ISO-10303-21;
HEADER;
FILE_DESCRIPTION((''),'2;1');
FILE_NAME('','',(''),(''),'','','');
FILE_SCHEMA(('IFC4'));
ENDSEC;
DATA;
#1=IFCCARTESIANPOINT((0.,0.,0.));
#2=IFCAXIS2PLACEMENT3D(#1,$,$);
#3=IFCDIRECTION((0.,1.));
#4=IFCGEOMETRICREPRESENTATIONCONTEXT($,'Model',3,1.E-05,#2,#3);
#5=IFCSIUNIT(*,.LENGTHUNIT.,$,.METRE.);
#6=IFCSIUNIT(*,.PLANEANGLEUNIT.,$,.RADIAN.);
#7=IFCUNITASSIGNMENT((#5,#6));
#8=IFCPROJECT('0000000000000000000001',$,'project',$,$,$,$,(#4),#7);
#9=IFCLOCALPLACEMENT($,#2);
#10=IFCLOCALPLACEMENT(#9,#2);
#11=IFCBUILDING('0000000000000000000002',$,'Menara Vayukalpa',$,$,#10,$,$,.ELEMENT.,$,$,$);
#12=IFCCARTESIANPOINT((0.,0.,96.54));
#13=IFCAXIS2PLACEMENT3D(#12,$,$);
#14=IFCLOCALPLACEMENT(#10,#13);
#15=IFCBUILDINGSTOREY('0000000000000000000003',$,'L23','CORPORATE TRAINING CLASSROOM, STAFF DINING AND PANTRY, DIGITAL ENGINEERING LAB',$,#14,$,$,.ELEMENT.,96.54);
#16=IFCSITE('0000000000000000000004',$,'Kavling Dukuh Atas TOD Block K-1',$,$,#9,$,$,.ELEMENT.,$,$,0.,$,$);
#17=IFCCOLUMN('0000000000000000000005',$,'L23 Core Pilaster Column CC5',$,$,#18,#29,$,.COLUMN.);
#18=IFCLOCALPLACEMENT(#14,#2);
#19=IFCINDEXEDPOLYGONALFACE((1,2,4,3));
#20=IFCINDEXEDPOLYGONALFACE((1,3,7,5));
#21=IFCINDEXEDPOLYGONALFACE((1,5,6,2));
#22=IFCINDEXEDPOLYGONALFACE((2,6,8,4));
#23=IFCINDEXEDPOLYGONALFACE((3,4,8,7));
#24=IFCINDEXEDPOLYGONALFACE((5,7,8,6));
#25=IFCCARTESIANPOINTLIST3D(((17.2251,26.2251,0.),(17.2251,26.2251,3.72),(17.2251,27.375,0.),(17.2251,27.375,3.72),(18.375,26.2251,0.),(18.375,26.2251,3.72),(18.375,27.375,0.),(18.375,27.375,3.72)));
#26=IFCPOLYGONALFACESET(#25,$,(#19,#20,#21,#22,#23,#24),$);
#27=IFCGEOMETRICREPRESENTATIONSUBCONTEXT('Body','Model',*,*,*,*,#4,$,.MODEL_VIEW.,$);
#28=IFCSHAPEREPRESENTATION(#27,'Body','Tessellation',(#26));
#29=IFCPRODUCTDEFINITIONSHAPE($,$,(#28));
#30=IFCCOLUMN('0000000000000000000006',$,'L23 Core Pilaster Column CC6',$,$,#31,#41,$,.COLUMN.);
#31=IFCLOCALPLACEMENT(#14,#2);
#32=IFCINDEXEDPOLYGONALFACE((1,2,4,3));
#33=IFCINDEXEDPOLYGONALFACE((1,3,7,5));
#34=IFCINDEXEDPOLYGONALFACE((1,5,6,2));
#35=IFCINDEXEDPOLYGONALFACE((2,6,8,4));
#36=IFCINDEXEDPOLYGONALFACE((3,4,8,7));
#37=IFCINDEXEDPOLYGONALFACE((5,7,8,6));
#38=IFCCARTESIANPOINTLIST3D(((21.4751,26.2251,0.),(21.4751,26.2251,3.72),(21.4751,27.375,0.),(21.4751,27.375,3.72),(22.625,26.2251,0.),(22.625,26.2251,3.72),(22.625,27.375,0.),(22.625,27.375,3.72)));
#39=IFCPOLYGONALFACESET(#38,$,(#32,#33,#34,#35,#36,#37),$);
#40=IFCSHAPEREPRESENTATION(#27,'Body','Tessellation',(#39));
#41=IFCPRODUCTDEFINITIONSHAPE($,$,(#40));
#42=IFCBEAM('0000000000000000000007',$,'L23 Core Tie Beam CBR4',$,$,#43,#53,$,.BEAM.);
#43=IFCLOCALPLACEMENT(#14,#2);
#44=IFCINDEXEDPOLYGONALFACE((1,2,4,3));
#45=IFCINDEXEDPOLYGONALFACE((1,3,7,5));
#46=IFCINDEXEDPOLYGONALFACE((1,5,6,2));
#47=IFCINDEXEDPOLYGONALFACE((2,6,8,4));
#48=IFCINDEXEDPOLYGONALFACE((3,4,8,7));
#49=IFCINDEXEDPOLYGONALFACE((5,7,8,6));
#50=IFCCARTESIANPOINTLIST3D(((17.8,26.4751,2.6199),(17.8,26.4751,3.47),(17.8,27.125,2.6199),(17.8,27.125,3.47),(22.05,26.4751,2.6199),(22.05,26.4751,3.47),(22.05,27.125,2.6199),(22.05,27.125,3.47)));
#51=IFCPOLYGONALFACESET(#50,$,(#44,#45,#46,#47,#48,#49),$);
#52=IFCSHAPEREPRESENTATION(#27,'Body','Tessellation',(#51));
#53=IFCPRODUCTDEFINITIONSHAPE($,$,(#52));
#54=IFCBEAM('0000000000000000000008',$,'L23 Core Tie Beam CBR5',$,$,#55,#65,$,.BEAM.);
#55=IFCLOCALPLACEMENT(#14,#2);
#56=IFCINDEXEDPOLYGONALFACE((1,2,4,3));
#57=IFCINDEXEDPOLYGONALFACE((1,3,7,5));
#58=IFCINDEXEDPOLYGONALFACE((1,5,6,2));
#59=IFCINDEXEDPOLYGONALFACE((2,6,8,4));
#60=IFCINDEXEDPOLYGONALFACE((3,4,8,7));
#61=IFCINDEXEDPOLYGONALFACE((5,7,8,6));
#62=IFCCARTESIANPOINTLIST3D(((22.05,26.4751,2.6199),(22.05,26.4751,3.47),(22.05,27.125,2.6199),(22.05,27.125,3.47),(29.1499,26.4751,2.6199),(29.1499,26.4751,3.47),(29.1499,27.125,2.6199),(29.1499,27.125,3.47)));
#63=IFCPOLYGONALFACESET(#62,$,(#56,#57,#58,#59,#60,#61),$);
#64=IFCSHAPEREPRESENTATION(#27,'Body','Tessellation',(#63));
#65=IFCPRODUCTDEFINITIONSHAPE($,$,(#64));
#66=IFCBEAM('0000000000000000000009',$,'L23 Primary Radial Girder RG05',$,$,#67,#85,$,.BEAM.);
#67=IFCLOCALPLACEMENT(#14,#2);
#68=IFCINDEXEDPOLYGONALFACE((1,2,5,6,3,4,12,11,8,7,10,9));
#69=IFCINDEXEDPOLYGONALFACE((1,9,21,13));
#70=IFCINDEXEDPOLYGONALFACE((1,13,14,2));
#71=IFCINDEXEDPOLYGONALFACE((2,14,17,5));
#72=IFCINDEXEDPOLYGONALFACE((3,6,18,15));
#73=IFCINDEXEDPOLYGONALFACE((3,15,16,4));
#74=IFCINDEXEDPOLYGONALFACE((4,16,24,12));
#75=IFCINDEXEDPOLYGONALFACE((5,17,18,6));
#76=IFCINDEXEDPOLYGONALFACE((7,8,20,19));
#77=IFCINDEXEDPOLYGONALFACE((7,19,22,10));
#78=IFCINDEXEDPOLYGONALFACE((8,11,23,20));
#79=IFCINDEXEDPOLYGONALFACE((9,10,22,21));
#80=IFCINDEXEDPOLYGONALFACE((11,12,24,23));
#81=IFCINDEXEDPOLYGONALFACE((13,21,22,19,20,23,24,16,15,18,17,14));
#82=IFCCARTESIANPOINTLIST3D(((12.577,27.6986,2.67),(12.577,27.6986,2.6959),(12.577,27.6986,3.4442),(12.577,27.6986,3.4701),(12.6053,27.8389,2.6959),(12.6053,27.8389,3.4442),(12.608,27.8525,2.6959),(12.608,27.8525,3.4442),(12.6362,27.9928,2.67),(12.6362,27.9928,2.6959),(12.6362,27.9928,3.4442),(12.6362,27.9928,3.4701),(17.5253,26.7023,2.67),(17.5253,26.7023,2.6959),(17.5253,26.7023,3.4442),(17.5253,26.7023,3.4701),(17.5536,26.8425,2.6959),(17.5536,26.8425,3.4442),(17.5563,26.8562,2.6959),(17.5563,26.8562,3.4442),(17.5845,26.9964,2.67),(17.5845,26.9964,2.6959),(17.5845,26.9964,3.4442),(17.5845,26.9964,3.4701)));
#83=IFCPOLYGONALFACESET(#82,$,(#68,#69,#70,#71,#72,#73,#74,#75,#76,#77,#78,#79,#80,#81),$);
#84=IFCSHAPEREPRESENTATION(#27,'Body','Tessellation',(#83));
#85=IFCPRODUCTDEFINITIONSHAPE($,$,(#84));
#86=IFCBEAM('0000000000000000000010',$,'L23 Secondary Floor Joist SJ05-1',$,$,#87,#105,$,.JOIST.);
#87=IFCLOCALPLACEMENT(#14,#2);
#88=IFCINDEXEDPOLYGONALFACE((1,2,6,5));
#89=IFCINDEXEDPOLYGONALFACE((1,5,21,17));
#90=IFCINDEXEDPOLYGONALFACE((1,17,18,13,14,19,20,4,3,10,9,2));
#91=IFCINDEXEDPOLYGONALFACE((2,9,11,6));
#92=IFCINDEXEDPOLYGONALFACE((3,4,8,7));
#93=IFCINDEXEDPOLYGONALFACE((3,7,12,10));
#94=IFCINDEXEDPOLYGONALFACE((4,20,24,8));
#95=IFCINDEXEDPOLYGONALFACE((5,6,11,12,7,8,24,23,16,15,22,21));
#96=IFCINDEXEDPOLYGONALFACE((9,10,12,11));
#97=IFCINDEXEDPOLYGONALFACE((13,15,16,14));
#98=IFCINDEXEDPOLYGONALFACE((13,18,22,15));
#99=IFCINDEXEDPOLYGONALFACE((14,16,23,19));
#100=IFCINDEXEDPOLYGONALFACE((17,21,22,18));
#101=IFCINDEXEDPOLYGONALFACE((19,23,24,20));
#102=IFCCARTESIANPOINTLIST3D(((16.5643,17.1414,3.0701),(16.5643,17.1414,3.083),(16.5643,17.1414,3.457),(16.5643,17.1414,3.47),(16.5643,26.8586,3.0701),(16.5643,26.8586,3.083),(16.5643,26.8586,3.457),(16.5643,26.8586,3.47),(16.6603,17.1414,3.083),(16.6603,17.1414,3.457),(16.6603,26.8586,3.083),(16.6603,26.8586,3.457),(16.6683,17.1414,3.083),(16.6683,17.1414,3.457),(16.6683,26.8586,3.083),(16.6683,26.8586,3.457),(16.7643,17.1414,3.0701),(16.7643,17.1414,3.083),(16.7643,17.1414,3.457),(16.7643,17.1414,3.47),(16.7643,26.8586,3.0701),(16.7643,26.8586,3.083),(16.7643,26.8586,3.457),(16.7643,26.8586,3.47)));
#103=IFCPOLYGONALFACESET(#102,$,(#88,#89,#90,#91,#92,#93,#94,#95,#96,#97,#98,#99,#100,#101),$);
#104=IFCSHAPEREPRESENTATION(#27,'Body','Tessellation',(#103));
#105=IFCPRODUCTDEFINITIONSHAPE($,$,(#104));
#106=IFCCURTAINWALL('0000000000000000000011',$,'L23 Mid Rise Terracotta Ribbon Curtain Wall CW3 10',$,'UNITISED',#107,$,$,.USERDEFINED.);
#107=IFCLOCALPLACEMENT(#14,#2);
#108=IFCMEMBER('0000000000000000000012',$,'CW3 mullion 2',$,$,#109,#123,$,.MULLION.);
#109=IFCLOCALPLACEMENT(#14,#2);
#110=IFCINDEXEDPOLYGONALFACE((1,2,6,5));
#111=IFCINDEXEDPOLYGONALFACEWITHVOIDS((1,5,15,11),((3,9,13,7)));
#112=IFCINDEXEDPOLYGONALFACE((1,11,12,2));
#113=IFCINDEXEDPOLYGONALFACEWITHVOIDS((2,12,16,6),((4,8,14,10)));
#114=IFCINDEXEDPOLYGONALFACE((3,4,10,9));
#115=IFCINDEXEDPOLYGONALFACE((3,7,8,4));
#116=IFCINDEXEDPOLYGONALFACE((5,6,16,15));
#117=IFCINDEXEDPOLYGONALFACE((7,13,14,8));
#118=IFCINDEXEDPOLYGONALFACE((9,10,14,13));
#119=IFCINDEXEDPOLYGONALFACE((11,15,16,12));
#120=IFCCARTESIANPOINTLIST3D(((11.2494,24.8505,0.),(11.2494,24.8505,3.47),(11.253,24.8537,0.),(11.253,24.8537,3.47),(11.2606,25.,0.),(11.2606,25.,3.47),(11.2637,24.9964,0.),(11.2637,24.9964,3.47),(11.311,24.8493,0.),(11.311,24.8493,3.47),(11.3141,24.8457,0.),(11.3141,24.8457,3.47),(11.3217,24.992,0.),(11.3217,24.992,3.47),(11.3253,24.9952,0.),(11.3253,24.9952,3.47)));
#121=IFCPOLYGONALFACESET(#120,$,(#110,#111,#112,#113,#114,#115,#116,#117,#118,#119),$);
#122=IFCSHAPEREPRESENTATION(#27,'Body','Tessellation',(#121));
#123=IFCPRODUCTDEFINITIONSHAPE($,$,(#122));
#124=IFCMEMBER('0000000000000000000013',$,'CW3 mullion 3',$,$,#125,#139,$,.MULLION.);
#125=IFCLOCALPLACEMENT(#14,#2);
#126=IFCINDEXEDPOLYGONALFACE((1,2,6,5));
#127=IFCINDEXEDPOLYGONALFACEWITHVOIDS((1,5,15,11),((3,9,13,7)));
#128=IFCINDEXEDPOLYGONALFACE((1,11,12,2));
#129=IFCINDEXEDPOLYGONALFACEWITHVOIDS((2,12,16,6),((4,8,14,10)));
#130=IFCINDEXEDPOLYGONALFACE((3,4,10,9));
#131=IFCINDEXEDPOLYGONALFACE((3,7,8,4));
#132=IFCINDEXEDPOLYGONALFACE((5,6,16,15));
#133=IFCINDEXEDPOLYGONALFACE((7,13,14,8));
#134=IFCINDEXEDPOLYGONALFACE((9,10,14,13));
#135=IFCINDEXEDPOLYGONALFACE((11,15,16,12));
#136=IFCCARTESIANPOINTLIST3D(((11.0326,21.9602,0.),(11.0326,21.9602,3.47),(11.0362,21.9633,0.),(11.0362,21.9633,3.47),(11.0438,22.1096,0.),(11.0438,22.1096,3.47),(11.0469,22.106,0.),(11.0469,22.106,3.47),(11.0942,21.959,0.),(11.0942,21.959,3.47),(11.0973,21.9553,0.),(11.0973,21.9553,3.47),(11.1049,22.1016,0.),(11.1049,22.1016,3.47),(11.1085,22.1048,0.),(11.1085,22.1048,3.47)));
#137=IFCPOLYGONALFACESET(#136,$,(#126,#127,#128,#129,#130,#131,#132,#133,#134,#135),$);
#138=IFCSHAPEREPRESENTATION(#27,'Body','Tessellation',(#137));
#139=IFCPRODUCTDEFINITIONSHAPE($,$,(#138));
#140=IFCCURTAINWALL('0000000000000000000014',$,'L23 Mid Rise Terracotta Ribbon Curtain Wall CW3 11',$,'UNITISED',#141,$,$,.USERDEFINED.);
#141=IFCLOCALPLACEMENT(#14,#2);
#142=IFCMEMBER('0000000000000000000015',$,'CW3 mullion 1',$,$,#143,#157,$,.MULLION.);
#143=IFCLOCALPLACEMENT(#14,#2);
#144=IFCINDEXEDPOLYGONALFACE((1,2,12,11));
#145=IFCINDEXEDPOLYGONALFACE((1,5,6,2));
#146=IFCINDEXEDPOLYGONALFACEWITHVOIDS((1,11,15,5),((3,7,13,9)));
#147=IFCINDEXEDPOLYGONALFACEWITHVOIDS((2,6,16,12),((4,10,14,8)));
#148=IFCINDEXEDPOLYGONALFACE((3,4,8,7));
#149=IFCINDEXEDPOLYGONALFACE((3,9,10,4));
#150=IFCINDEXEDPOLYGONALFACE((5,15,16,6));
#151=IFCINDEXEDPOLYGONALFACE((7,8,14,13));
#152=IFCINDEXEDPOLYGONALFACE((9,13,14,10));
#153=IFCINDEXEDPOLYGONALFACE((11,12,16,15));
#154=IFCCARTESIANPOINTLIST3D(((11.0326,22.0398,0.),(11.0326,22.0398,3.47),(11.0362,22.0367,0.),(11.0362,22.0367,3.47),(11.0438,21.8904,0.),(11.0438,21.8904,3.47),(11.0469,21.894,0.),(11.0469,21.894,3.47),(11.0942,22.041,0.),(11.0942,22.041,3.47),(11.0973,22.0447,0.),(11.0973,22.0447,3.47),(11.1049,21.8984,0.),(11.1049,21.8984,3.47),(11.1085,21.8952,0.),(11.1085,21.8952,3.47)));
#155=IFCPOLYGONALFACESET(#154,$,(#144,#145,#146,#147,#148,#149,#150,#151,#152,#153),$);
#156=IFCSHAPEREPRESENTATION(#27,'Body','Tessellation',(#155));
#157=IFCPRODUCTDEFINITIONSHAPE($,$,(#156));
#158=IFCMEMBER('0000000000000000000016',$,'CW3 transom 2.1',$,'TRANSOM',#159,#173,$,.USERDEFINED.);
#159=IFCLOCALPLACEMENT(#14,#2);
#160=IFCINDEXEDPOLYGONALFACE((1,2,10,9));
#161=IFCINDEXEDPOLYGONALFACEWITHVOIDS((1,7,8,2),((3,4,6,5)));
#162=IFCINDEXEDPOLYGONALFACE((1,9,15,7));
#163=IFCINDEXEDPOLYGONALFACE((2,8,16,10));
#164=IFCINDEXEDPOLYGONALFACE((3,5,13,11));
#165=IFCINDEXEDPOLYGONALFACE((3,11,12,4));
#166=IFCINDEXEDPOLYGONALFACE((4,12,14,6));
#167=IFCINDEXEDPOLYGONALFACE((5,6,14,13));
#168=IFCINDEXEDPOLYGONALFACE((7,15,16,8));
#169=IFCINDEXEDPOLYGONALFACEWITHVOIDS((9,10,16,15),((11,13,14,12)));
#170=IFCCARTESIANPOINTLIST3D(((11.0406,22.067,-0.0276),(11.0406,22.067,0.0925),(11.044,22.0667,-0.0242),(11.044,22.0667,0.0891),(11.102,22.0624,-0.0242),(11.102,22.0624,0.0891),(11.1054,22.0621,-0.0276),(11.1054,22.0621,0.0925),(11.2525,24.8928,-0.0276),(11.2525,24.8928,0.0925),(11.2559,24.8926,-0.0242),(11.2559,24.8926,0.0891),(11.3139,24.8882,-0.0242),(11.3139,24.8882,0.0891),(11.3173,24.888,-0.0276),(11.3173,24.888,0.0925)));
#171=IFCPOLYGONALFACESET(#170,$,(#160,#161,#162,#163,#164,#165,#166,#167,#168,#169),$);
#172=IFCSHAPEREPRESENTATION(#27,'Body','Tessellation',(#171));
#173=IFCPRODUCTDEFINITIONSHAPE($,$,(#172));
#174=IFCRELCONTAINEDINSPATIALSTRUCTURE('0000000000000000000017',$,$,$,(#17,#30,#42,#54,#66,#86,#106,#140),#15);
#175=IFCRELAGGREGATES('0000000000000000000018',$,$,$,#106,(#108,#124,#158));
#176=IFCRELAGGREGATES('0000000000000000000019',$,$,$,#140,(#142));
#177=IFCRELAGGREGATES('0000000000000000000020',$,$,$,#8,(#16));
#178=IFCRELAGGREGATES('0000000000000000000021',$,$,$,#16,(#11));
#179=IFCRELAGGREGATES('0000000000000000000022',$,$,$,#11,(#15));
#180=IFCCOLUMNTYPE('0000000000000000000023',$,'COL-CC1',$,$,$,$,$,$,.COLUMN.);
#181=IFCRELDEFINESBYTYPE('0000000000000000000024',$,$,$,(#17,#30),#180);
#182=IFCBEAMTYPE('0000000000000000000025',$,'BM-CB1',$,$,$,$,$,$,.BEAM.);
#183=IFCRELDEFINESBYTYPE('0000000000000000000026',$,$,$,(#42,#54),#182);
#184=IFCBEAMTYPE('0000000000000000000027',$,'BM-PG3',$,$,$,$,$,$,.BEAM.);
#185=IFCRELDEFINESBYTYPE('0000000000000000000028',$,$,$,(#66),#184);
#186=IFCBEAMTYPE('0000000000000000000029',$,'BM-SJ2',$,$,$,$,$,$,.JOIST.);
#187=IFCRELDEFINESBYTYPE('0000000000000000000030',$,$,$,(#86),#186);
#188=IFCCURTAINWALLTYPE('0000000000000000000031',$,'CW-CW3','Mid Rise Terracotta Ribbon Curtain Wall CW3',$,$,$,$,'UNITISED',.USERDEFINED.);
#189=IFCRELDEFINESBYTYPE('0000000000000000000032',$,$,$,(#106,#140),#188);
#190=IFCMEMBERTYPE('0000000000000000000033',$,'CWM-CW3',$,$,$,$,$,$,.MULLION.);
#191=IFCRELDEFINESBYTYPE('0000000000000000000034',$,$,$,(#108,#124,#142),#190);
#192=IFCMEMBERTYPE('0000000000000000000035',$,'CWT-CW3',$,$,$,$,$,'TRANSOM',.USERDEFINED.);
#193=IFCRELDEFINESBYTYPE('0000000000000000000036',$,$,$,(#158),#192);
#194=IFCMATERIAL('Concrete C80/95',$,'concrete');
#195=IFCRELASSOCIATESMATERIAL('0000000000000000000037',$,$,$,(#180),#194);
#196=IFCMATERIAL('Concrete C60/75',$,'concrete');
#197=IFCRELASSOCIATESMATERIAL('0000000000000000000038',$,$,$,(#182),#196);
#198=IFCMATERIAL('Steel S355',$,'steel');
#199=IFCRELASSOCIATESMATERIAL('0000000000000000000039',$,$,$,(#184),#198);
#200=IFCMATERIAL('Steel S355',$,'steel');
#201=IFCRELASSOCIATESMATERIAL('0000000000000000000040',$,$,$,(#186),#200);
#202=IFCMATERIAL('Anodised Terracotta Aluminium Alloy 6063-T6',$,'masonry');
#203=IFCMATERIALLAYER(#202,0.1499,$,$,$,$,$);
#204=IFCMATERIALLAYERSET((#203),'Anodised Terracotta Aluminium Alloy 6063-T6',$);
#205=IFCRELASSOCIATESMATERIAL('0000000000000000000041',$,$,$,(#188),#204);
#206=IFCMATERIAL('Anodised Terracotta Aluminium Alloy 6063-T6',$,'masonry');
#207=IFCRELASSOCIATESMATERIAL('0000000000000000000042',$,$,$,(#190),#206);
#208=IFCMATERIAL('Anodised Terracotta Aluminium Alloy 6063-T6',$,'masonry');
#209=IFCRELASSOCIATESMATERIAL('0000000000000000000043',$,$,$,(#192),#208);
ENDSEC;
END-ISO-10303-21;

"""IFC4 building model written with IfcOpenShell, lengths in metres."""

from ifc_helpers import new_model, si_unit, direction, frame, origin, origin_2d, place, context, subcontext, project, spatial, rectangle, hollow_rectangle, i_section, extrude, material, layer, layer_set, material_profile, profile_set, type_object, element, aggregate, save


model = new_model("IFC4")

# Units and contexts
model_context = context("Model", 3, precision=1e-05, world=origin(), true_north=direction((0.0, 1.0)))
body_context = subcontext(model_context, "Body", "Model", "MODEL_VIEW")
ifc_project = project(units=[si_unit("LENGTHUNIT", "METRE"), si_unit("PLANEANGLEUNIT", "RADIAN")], contexts=[model_context])

# Site, building, storey
site_placement = place(None, origin())
site = spatial("IfcSite", under=ifc_project, at=site_placement, Name="Kavling Dukuh Atas TOD Block K-1", CompositionType="ELEMENT", RefElevation=0.0)
building_placement = place(site_placement, origin())
building = spatial("IfcBuilding", under=site, at=building_placement, Name="Menara Vayukalpa", CompositionType="ELEMENT")
storey_placement = place(building_placement, frame((0.0, 0.0, 96.54)))
storey = spatial("IfcBuildingStorey", under=building, at=storey_placement, Name="L23", Description="CORPORATE TRAINING CLASSROOM, STAFF DINING AND PANTRY, DIGITAL ENGINEERING LAB", CompositionType="ELEMENT", Elevation=96.54)

# Columns
ifc_material_1 = material(Name="Concrete C80/95", Category="concrete")
ifc_material_profile_1 = material_profile(ifc_material_1, rectangle(XDim=1.1499, YDim=1.1499, at=origin_2d()), Name="RC 1150x1150")
ifc_profile_set_1 = profile_set([ifc_material_profile_1], Name="Concrete C80/95")
column_type = type_object("IfcColumnType", Name="COL-CC1", PredefinedType="COLUMN", material=ifc_profile_set_1)
for number, where, z_axis, x_axis, name in (
    (1, (17.8, 26.8, 0.0), (0.0, 0.0, 1.0), (1.0, 0.0, 0.0), "L23 Core Pilaster Column CC5"),
    (2, (22.05, 26.8, 0.0), (0.0, 0.0, 1.0), (1.0, 0.0, 0.0), "L23 Core Pilaster Column CC6"),
):
    element("IfcColumn", number, at=place(storey_placement, frame(where, z_axis=z_axis, x_axis=x_axis)), inside=storey, type_object=column_type, Name=name, PredefinedType="COLUMN", context=body_context, shape_type="SweptSolid", body=[
        extrude(rectangle(XDim=1.1499, YDim=1.1499, at=origin_2d()), origin(), (0.0, 0.0, 1.0), 3.72),
    ])

# Beams
ifc_material_2 = material(Name="Concrete C60/75", Category="concrete")
ifc_material_profile_2 = material_profile(ifc_material_2, rectangle(XDim=0.6499, YDim=0.8501, at=origin_2d()), Name="RC 650x850")
ifc_profile_set_2 = profile_set([ifc_material_profile_2], Name="Concrete C60/75")
beam_type_1 = type_object("IfcBeamType", Name="BM-CB1", PredefinedType="BEAM", material=ifc_profile_set_2)
beam_1_placement = place(storey_placement, frame((17.8, 26.8, 3.0449), z_axis=(1.0, 0.0, 0.0), x_axis=(0.0, 1.0, 0.0)))
element("IfcBeam", 3, at=beam_1_placement, inside=storey, type_object=beam_type_1, Name="L23 Core Tie Beam CBR4", PredefinedType="BEAM", context=body_context, shape_type="SweptSolid", body=[
    extrude(rectangle(XDim=0.6499, YDim=0.8501, at=origin_2d()), origin(), (0.0, 0.0, 1.0), 4.25),
])
beam_2_placement = place(storey_placement, frame((22.05, 26.8, 3.0449), z_axis=(1.0, 0.0, 0.0), x_axis=(0.0, 1.0, 0.0)))
element("IfcBeam", 4, at=beam_2_placement, inside=storey, type_object=beam_type_1, Name="L23 Core Tie Beam CBR5", PredefinedType="BEAM", context=body_context, shape_type="SweptSolid", body=[
    extrude(rectangle(XDim=0.6499, YDim=0.8501, at=origin_2d()), origin(), (0.0, 0.0, 1.0), 7.0999),
])
ifc_material_3 = material(Name="Steel S355", Category="steel")
ifc_material_profile_3 = material_profile(ifc_material_3, i_section(OverallWidth=0.3, OverallDepth=0.8, WebThickness=0.0139, FlangeThickness=0.0259, at=origin_2d()), Name="WF 800x300x14x26")
ifc_profile_set_3 = profile_set([ifc_material_profile_3], Name="Steel S355")
beam_type_2 = type_object("IfcBeamType", Name="BM-PG3", PredefinedType="BEAM", material=ifc_profile_set_3)
beam_3_placement = place(storey_placement, frame((17.5549, 26.8494, 3.0701), z_axis=(-0.980325, 0.19739, 0.0), x_axis=(-0.19739, -0.980325, 0.0)))
element("IfcBeam", 5, at=beam_3_placement, inside=storey, type_object=beam_type_2, Name="L23 Primary Radial Girder RG05", PredefinedType="BEAM", context=body_context, shape_type="SweptSolid", body=[
    extrude(i_section(OverallWidth=0.3, OverallDepth=0.8, WebThickness=0.0139, FlangeThickness=0.0259, at=origin_2d()), origin(), (0.0, 0.0, 1.0), 5.0476),
])
ifc_material_4 = material(Name="Steel S355", Category="steel")
ifc_material_profile_4 = material_profile(ifc_material_4, i_section(OverallWidth=0.2, OverallDepth=0.3999, WebThickness=0.0081, FlangeThickness=0.0129, at=origin_2d()), Name="WF 400x200x8x13")
ifc_profile_set_4 = profile_set([ifc_material_profile_4], Name="Steel S355")
beam_type_3 = type_object("IfcBeamType", Name="BM-SJ2", PredefinedType="JOIST", material=ifc_profile_set_4)
beam_4_placement = place(storey_placement, frame((16.6643, 26.8586, 3.27), z_axis=(0.0, -1.0, 0.0), x_axis=(1.0, 0.0, 0.0)))
element("IfcBeam", 6, at=beam_4_placement, inside=storey, type_object=beam_type_3, Name="L23 Secondary Floor Joist SJ05-1", PredefinedType="JOIST", context=body_context, shape_type="SweptSolid", body=[
    extrude(i_section(OverallWidth=0.2, OverallDepth=0.3999, WebThickness=0.0081, FlangeThickness=0.0129, at=origin_2d()), origin(), (0.0, 0.0, 1.0), 9.7173),
])

# Curtain wall, members
ifc_material_5 = material(Name="Anodised Terracotta Aluminium Alloy 6063-T6", Category="masonry")
ifc_layer_1 = layer(ifc_material_5, 0.1499)
ifc_layer_set_1 = layer_set([ifc_layer_1], Name="Anodised Terracotta Aluminium Alloy 6063-T6")
curtain_wall_type = type_object("IfcCurtainWallType", Name="CW-CW3", Description="Mid Rise Terracotta Ribbon Curtain Wall CW3", ElementType="UNITISED", PredefinedType="USERDEFINED", material=ifc_layer_set_1)
curtain_wall_1_placement = place(storey_placement, origin())
curtain_wall_1 = element("IfcCurtainWall", 7, at=curtain_wall_1_placement, inside=storey, type_object=curtain_wall_type, Name="L23 Mid Rise Terracotta Ribbon Curtain Wall CW3 10", ObjectType="UNITISED", PredefinedType="USERDEFINED")
ifc_material_6 = material(Name="Anodised Terracotta Aluminium Alloy 6063-T6", Category="masonry")
ifc_material_profile_5 = material_profile(ifc_material_6, hollow_rectangle(XDim=0.0649, YDim=0.1499, WallThickness=0.0034, at=origin_2d()), Name="ALU 65x150x3.5")
ifc_profile_set_5 = profile_set([ifc_material_profile_5], Name="Anodised Terracotta Aluminium Alloy 6063-T6")
member_type_1 = type_object("IfcMemberType", Name="CWM-CW3", PredefinedType="MULLION", material=ifc_profile_set_5)
member_1_placement = place(storey_placement, frame((11.2874, 24.9229, 0.0), z_axis=(0.0, 0.0, 1.0), x_axis=(0.9972, -0.074785, 0.0)))
member_1 = element("IfcMember", 8, at=member_1_placement, type_object=member_type_1, Name="CW3 mullion 2", PredefinedType="MULLION", context=body_context, shape_type="SweptSolid", body=[
    extrude(hollow_rectangle(XDim=0.0649, YDim=0.1499, WallThickness=0.0034, at=origin_2d()), origin(), (0.0, 0.0, 1.0), 3.47),
])
member_2_placement = place(storey_placement, frame((11.0706, 22.0325, 0.0), z_axis=(0.0, 0.0, 1.0), x_axis=(0.9972, -0.074785, 0.0)))
member_2 = element("IfcMember", 9, at=member_2_placement, type_object=member_type_1, Name="CW3 mullion 3", PredefinedType="MULLION", context=body_context, shape_type="SweptSolid", body=[
    extrude(hollow_rectangle(XDim=0.0649, YDim=0.1499, WallThickness=0.0034, at=origin_2d()), origin(), (0.0, 0.0, 1.0), 3.47),
])

# Curtain wall, member
curtain_wall_2_placement = place(storey_placement, origin())
curtain_wall_2 = element("IfcCurtainWall", 10, at=curtain_wall_2_placement, inside=storey, type_object=curtain_wall_type, Name="L23 Mid Rise Terracotta Ribbon Curtain Wall CW3 11", ObjectType="UNITISED", PredefinedType="USERDEFINED")
member_3_placement = place(storey_placement, frame((11.0706, 21.9675, 0.0), z_axis=(0.0, 0.0, 1.0), x_axis=(0.9972, 0.074785, 0.0)))
member_3 = element("IfcMember", 11, at=member_3_placement, type_object=member_type_1, Name="CW3 mullion 1", PredefinedType="MULLION", context=body_context, shape_type="SweptSolid", body=[
    extrude(hollow_rectangle(XDim=0.0649, YDim=0.1499, WallThickness=0.0034, at=origin_2d()), origin(), (0.0, 0.0, 1.0), 3.47),
])

# Member
ifc_material_7 = material(Name="Anodised Terracotta Aluminium Alloy 6063-T6", Category="masonry")
ifc_material_profile_6 = material_profile(ifc_material_7, hollow_rectangle(XDim=0.0649, YDim=0.1201, WallThickness=0.0034, at=origin_2d()), Name="ALU 65x120x3.5")
ifc_profile_set_6 = profile_set([ifc_material_profile_6], Name="Anodised Terracotta Aluminium Alloy 6063-T6")
member_type_2 = type_object("IfcMemberType", Name="CWT-CW3", ElementType="TRANSOM", PredefinedType="USERDEFINED", material=ifc_profile_set_6)
member_4_placement = place(storey_placement, frame((11.2849, 24.8904, 0.0325), z_axis=(-0.074786, -0.9972, 0.0), x_axis=(0.9972, -0.074786, 0.0)))
member_4 = element("IfcMember", 12, at=member_4_placement, type_object=member_type_2, Name="CW3 transom 2.1", ObjectType="TRANSOM", PredefinedType="USERDEFINED", context=body_context, shape_type="SweptSolid", body=[
    extrude(hollow_rectangle(XDim=0.0649, YDim=0.1201, WallThickness=0.0034, at=origin_2d()), origin(), (0.0, 0.0, 1.0), 2.8337),
])

aggregate(curtain_wall_1, [member_1, member_2, member_4])
aggregate(curtain_wall_2, [member_3])

save(model, "model.ifc")
